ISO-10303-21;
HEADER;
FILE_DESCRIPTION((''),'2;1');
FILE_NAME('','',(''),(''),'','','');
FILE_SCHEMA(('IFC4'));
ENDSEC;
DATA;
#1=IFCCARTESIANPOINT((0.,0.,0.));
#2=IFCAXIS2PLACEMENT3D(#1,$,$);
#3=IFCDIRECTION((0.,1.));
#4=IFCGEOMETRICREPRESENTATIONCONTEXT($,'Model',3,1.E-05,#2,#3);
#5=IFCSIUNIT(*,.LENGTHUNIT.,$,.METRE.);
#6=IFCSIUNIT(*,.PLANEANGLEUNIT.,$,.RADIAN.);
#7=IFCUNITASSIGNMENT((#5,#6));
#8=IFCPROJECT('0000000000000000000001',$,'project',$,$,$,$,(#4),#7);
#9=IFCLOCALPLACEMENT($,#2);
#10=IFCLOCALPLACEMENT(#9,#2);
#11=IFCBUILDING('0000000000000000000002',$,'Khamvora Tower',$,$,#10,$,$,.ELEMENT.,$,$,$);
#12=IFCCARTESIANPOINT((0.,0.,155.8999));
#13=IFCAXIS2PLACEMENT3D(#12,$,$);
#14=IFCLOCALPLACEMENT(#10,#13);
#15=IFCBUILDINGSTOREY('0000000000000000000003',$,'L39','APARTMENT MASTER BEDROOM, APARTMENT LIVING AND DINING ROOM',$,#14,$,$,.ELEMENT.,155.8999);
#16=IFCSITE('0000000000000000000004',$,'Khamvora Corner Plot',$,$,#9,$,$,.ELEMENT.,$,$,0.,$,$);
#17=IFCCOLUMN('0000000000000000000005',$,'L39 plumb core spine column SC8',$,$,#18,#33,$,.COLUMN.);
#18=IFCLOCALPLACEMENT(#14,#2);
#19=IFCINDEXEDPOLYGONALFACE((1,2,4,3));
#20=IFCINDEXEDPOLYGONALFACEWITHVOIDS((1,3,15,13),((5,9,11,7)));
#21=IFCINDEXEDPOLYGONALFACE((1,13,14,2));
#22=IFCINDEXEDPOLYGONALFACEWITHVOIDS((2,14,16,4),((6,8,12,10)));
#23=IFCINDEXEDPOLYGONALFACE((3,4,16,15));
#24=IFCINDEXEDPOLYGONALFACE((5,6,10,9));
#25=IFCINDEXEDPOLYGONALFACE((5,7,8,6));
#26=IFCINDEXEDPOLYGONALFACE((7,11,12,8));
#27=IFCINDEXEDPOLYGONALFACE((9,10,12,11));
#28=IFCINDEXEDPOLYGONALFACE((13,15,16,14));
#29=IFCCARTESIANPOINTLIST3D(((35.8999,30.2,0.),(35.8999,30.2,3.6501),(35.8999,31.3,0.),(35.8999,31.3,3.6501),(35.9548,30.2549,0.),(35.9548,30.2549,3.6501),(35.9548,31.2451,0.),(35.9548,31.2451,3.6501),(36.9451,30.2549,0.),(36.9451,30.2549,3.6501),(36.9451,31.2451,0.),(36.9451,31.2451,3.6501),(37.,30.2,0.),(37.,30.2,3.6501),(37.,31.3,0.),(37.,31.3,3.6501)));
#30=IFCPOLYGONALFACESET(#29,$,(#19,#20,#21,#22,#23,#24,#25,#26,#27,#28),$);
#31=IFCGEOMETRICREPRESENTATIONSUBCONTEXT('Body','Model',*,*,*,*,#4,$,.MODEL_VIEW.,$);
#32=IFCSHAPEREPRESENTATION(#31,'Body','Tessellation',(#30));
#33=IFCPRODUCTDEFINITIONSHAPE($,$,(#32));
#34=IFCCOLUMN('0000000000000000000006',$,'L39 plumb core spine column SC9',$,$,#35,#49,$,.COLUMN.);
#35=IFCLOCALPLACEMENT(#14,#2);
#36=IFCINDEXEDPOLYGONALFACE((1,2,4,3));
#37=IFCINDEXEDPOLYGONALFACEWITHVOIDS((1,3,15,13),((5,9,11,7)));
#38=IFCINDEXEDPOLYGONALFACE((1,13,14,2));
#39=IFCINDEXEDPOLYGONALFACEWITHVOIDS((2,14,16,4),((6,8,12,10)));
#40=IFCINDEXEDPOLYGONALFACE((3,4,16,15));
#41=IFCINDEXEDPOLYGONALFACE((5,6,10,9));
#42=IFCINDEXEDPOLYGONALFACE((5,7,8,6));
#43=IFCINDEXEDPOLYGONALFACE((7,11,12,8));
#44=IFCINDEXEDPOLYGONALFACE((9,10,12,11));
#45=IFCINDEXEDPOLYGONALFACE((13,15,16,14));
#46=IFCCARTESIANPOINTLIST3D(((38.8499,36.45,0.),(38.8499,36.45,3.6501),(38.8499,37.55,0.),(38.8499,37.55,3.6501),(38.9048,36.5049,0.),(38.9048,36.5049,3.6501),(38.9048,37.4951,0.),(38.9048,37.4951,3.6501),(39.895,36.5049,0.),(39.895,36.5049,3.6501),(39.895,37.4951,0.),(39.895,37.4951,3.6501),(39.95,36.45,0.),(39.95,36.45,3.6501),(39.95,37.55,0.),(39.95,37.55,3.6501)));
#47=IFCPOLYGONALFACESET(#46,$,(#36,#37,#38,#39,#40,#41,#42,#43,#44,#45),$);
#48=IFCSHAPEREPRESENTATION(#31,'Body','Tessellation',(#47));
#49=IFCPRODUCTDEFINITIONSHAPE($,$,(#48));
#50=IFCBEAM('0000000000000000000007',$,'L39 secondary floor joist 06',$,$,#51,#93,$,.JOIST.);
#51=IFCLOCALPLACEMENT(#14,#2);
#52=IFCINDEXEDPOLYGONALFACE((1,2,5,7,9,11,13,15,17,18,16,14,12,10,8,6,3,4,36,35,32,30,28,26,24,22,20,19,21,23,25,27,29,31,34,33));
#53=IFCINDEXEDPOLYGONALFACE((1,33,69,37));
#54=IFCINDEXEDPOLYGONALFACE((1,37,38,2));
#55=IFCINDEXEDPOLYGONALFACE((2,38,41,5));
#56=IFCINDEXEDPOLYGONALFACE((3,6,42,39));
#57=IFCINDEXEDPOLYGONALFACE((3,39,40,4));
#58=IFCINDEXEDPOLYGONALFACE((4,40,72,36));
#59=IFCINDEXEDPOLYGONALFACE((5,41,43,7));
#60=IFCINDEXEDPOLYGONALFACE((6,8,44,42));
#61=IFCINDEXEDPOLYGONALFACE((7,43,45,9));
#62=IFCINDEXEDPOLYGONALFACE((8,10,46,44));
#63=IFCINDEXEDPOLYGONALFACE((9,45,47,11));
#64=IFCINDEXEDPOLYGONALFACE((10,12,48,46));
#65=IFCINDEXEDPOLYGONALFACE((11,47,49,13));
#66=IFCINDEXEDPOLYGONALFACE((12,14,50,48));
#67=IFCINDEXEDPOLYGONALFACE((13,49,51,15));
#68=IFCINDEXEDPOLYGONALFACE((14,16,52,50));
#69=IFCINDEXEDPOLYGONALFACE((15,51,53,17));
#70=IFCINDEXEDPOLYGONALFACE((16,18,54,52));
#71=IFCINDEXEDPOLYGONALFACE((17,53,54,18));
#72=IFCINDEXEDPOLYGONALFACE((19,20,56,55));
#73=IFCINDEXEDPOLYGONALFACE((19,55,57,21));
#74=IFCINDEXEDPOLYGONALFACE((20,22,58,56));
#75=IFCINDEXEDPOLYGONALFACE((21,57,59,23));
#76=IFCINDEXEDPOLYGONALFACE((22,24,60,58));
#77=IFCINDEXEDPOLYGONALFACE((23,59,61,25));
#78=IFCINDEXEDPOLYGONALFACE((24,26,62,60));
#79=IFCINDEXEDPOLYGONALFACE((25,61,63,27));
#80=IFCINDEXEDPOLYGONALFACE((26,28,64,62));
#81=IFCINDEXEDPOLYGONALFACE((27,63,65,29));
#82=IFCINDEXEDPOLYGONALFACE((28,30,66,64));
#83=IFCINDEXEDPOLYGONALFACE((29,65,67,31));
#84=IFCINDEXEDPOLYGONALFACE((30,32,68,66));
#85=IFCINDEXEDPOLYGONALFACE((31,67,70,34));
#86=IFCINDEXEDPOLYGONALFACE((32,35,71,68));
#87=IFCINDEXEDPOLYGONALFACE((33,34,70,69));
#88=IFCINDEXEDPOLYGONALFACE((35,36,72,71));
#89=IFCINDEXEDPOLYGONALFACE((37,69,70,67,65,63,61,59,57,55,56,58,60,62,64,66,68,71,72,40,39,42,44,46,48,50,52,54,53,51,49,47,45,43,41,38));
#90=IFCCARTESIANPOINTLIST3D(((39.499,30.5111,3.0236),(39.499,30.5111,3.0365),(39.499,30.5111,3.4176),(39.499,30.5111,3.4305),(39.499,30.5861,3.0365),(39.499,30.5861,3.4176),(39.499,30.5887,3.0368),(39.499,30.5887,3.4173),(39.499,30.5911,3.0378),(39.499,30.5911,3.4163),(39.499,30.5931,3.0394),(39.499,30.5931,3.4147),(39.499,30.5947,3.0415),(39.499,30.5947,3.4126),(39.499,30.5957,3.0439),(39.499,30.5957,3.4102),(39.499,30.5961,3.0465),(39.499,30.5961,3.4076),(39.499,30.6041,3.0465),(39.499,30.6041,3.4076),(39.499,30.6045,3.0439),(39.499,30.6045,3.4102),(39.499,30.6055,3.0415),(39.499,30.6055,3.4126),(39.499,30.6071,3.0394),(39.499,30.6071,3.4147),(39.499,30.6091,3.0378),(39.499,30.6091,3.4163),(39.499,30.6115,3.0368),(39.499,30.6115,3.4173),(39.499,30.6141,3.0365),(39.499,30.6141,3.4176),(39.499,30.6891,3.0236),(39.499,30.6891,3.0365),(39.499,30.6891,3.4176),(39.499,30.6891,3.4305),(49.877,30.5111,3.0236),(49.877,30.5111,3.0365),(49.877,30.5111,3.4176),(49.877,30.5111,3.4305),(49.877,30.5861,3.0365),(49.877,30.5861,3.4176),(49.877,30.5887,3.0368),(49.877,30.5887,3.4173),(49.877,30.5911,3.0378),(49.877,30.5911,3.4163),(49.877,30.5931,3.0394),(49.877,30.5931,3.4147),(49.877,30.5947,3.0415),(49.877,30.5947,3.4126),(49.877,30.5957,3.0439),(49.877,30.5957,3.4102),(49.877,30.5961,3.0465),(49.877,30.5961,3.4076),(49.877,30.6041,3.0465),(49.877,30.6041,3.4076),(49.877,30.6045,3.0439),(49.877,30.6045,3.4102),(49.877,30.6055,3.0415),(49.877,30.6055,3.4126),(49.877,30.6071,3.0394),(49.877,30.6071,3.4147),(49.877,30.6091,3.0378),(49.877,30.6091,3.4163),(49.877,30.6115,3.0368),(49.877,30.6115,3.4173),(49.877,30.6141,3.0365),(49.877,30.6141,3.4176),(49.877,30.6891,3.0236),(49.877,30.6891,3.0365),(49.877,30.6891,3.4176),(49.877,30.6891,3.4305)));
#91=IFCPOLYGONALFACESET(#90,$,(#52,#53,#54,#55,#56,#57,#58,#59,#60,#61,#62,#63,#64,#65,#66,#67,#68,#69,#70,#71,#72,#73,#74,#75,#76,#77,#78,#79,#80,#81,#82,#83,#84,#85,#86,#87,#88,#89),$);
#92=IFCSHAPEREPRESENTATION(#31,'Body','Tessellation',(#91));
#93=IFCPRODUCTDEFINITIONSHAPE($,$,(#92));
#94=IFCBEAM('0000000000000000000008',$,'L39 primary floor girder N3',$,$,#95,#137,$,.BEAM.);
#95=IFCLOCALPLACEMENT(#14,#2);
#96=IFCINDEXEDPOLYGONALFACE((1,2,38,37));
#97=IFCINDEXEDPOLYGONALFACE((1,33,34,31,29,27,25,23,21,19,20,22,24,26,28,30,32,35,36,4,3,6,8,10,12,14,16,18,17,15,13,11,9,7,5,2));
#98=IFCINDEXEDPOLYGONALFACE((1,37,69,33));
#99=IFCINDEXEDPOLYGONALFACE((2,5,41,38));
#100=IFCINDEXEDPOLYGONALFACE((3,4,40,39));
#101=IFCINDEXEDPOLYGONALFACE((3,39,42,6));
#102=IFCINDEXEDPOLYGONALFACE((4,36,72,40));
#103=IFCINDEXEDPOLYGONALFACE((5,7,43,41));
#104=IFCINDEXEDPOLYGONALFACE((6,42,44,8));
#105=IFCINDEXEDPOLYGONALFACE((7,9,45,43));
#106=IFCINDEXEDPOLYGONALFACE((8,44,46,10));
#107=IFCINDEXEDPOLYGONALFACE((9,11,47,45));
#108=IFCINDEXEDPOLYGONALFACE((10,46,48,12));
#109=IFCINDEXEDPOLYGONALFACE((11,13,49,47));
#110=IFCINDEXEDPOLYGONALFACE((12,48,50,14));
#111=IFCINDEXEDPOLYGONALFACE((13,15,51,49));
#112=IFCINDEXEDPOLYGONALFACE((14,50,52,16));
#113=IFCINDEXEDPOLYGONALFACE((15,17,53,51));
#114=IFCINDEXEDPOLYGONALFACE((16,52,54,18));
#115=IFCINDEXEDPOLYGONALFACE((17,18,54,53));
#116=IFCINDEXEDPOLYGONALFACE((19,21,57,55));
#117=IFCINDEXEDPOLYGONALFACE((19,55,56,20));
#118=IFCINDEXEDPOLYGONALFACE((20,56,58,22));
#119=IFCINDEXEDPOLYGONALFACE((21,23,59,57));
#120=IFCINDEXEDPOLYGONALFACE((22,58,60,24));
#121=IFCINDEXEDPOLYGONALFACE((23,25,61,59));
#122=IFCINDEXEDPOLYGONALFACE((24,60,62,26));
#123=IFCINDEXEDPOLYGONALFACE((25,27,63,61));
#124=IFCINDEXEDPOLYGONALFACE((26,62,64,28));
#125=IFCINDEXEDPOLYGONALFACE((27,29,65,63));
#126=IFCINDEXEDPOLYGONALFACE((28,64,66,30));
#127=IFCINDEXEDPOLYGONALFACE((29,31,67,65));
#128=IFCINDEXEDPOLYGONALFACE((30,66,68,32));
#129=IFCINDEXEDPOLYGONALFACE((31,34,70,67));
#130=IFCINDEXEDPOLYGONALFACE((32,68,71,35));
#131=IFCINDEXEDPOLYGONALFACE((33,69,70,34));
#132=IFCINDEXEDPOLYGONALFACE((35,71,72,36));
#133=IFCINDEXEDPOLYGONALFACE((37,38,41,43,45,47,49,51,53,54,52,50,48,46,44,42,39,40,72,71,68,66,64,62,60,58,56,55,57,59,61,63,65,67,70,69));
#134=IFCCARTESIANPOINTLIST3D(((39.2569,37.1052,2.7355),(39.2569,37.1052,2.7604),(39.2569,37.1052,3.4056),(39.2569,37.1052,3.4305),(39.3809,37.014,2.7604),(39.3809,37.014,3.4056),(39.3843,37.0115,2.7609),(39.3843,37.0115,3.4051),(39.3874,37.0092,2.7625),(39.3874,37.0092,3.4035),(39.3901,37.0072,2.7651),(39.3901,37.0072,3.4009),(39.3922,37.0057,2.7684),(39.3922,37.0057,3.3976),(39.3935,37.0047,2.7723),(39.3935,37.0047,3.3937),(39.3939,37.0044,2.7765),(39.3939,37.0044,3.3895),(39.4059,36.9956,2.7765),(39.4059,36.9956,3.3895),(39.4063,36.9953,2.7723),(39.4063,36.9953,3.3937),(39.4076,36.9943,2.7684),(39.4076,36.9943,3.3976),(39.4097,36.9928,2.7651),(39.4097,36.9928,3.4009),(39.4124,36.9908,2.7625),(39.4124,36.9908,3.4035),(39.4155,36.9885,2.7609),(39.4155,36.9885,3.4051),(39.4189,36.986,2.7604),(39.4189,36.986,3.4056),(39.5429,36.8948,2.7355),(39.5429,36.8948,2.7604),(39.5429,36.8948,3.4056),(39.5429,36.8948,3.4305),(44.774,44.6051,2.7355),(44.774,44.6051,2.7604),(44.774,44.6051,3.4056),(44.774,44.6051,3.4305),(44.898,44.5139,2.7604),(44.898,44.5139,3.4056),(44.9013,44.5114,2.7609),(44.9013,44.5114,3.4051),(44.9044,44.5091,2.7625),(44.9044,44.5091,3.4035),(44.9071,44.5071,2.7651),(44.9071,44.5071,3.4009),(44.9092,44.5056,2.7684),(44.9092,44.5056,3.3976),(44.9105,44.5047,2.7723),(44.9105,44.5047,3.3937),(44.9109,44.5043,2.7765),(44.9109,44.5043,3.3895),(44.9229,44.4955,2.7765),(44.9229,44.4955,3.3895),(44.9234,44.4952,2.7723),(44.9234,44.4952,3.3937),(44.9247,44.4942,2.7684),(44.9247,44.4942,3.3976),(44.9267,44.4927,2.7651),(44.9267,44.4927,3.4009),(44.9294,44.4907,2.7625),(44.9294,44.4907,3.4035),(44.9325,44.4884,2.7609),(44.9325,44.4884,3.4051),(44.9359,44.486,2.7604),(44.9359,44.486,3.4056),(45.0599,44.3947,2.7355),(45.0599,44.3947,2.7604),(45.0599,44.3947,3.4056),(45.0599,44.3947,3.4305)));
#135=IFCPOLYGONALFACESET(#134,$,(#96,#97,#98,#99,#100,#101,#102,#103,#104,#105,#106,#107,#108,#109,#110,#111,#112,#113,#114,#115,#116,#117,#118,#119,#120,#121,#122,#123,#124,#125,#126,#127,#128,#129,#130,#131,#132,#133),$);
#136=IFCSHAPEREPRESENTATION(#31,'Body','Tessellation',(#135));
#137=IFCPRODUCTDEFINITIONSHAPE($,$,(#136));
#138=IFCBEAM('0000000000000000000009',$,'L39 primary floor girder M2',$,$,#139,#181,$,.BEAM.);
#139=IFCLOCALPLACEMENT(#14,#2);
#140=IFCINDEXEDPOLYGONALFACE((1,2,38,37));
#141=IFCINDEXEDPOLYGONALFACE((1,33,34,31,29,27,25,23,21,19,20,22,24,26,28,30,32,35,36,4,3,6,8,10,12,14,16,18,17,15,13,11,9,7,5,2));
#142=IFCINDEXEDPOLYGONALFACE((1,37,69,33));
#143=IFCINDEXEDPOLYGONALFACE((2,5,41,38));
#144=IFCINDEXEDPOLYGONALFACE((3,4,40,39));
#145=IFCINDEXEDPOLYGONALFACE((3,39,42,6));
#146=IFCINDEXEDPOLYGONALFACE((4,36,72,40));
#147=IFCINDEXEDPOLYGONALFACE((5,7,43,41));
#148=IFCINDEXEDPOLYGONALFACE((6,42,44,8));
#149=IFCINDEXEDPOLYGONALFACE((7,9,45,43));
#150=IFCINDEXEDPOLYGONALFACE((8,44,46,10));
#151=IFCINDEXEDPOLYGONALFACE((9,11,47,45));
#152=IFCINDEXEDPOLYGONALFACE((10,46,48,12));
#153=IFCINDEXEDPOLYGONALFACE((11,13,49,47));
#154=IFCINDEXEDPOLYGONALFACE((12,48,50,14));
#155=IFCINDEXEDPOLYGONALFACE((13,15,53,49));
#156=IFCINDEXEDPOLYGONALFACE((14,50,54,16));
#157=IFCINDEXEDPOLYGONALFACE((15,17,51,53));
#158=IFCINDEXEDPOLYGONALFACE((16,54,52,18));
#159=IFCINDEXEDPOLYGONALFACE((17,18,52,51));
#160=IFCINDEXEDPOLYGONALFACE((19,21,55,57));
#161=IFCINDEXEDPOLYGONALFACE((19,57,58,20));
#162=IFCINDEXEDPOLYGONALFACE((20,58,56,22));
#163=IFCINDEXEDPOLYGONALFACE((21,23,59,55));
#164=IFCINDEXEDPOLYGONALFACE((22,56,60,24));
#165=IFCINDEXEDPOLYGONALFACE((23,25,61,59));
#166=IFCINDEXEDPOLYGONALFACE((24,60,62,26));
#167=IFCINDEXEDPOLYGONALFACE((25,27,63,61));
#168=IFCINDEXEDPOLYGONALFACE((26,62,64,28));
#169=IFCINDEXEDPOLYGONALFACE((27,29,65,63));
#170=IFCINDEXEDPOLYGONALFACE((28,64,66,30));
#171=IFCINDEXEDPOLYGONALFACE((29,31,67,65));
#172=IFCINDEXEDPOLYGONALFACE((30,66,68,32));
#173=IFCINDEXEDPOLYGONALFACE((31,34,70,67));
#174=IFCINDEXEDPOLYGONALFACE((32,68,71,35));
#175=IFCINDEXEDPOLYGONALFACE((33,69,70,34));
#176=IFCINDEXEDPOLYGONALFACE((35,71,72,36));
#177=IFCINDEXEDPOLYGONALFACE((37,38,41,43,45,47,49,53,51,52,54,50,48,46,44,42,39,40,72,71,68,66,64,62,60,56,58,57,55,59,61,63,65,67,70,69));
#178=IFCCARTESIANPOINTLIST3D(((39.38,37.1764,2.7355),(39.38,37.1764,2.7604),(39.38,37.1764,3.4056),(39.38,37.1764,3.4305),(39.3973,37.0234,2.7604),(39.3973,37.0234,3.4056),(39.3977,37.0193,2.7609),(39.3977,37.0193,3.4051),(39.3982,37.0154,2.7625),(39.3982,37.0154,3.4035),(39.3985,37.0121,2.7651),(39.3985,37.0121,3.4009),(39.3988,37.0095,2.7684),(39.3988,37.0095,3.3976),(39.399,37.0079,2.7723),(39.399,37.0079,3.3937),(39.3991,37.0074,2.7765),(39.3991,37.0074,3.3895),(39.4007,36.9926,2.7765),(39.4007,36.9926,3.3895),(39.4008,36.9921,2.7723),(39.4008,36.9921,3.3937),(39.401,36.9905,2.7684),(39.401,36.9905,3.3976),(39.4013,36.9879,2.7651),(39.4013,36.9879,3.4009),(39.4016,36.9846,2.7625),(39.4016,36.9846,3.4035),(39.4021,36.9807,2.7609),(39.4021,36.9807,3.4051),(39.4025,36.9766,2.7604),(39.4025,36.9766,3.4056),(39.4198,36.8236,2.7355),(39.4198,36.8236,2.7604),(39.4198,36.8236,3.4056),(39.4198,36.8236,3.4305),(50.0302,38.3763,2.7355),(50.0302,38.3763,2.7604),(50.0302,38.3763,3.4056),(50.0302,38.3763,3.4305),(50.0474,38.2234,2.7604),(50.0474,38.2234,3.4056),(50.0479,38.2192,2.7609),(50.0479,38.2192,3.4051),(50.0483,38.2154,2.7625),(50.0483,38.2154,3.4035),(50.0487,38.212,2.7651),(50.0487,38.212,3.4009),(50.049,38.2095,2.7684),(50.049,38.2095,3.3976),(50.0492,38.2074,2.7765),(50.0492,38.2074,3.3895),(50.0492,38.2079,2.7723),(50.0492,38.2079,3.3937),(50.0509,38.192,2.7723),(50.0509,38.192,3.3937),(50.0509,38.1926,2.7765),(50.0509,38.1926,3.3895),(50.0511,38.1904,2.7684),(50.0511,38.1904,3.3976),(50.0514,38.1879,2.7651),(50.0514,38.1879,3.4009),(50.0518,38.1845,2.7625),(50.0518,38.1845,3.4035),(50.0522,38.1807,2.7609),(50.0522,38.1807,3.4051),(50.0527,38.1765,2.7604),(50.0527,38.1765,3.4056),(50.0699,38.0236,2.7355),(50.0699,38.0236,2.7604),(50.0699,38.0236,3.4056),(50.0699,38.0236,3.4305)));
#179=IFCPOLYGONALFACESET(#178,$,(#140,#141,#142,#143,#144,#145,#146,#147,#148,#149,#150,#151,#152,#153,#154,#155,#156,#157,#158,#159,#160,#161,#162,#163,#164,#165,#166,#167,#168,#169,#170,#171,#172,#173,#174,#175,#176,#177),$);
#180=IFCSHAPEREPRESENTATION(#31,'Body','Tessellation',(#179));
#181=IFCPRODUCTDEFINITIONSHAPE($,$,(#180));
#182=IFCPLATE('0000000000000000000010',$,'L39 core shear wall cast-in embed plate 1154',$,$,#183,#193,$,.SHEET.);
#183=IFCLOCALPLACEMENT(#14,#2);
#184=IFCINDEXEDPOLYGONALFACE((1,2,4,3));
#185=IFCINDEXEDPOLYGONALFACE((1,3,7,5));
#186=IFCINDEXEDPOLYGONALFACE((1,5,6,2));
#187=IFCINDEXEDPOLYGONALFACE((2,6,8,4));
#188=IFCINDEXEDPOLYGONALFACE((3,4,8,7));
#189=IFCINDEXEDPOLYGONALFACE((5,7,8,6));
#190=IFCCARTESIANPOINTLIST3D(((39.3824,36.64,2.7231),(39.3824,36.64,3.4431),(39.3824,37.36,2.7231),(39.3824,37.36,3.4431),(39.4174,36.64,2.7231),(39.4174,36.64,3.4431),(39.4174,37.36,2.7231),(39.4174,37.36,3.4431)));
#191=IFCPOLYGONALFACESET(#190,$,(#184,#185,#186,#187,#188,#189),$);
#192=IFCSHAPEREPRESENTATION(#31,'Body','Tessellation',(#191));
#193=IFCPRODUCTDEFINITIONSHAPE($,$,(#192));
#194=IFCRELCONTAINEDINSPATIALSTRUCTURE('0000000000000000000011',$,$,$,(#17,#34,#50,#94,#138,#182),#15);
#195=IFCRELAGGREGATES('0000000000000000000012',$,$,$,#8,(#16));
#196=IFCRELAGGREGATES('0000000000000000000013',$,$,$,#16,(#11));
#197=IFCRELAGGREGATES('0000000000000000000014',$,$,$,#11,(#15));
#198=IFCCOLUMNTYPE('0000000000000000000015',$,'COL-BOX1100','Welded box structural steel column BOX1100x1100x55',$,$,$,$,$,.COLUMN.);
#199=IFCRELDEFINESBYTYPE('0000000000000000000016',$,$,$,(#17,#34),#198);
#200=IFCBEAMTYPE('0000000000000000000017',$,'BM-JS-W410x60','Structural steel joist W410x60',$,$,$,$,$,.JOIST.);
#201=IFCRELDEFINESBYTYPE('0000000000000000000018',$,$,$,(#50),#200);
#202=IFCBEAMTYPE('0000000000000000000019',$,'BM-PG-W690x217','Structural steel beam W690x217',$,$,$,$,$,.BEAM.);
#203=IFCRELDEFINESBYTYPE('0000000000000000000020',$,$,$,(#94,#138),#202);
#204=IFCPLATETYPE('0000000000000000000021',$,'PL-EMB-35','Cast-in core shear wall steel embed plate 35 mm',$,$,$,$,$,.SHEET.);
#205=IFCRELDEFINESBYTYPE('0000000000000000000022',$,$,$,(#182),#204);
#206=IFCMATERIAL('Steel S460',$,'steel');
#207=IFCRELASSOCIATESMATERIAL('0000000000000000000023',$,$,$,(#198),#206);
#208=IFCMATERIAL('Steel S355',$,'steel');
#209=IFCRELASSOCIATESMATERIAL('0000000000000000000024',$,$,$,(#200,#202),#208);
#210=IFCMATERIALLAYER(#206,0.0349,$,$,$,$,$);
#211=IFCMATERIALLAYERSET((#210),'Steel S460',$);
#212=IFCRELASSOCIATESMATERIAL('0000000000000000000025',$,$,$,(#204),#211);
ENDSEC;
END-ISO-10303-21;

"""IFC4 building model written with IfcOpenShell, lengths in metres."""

from ifc_helpers import new_model, si_unit, direction, frame, origin, origin_2d, place, context, subcontext, project, spatial, rectangle, hollow_rectangle, i_section, extrude, material, layer, layer_set, material_profile, profile_set, type_object, element, save


model = new_model("IFC4")

# Units and contexts
model_context = context("Model", 3, precision=1e-05, world=origin(), true_north=direction((0.0, 1.0)))
body_context = subcontext(model_context, "Body", "Model", "MODEL_VIEW")
ifc_project = project(units=[si_unit("LENGTHUNIT", "METRE"), si_unit("PLANEANGLEUNIT", "RADIAN")], contexts=[model_context])

# Site, building, storey
site_placement = place(None, origin())
site = spatial("IfcSite", under=ifc_project, at=site_placement, Name="Khamvora Corner Plot", CompositionType="ELEMENT", RefElevation=0.0)
building_placement = place(site_placement, origin())
building = spatial("IfcBuilding", under=site, at=building_placement, Name="Khamvora Tower", CompositionType="ELEMENT")
storey_placement = place(building_placement, frame((0.0, 0.0, 155.8999)))
storey = spatial("IfcBuildingStorey", under=building, at=storey_placement, Name="L39", Description="APARTMENT MASTER BEDROOM, APARTMENT LIVING AND DINING ROOM", CompositionType="ELEMENT", Elevation=155.8999)

# Columns
ifc_material_1 = material(Name="Steel S460", Category="steel")
ifc_material_profile_1 = material_profile(ifc_material_1, hollow_rectangle(XDim=1.1001, YDim=1.1001, WallThickness=0.0549, at=origin_2d()), Name="BOX1100x1100x55")
ifc_profile_set_1 = profile_set([ifc_material_profile_1], Name="Steel S460")
column_type = type_object("IfcColumnType", Name="COL-BOX1100", Description="Welded box structural steel column BOX1100x1100x55", PredefinedType="COLUMN", material=ifc_profile_set_1)
for number, where, z_axis, x_axis, name in (
    (1, (36.45, 30.75, 0.0), (0.0, 0.0, 1.0), (1.0, 0.0, 0.0), "L39 plumb core spine column SC8"),
    (2, (39.3999, 37.0, 0.0), (0.0, 0.0, 1.0), (1.0, 0.0, 0.0), "L39 plumb core spine column SC9"),
):
    element("IfcColumn", number, at=place(storey_placement, frame(where, z_axis=z_axis, x_axis=x_axis)), inside=storey, type_object=column_type, Name=name, PredefinedType="COLUMN", context=body_context, shape_type="SweptSolid", body=[
        extrude(hollow_rectangle(XDim=1.1001, YDim=1.1001, WallThickness=0.0549, at=origin_2d()), origin(), (0.0, 0.0, 1.0), 3.6501),
    ])

# Beams
ifc_material_2 = material(Name="Steel S355", Category="steel")
ifc_material_profile_2 = material_profile(ifc_material_2, i_section(OverallWidth=0.178, OverallDepth=0.407, WebThickness=0.0081, FlangeThickness=0.0129, FilletRadius=0.01, at=origin_2d()), Name="W410x60")
ifc_profile_set_2 = profile_set([ifc_material_profile_2], Name="Steel S355")
beam_type_1 = type_object("IfcBeamType", Name="BM-JS-W410x60", Description="Structural steel joist W410x60", PredefinedType="JOIST", material=ifc_profile_set_2)
beam_1_placement = place(storey_placement, frame((39.499, 30.6001, 3.2271), z_axis=(1.0, 0.0, 0.0), x_axis=(0.0, 1.0, 0.0)))
element("IfcBeam", 3, at=beam_1_placement, inside=storey, type_object=beam_type_1, Name="L39 secondary floor joist 06", PredefinedType="JOIST", context=body_context, shape_type="SweptSolid", body=[
    extrude(i_section(OverallWidth=0.178, OverallDepth=0.407, WebThickness=0.0081, FlangeThickness=0.0129, FilletRadius=0.01, at=origin_2d()), origin(), (0.0, 0.0, 1.0), 10.3779),
])
ifc_material_profile_3 = material_profile(ifc_material_2, i_section(OverallWidth=0.355, OverallDepth=0.6951, WebThickness=0.0149, FlangeThickness=0.0249, FilletRadius=0.0161, at=origin_2d()), Name="W690x217")
ifc_profile_set_3 = profile_set([ifc_material_profile_3], Name="Steel S355")
beam_type_2 = type_object("IfcBeamType", Name="BM-PG-W690x217", Description="Structural steel beam W690x217", PredefinedType="BEAM", material=ifc_profile_set_3)
beam_2_placement = place(storey_placement, frame((39.3999, 37.0, 3.083), z_axis=(0.592557, 0.805529, 0.0), x_axis=(-0.805529, 0.592557, 0.0)))
element("IfcBeam", 4, at=beam_2_placement, inside=storey, type_object=beam_type_2, Name="L39 primary floor girder N3", PredefinedType="BEAM", context=body_context, shape_type="SweptSolid", body=[
    extrude(i_section(OverallWidth=0.355, OverallDepth=0.6951, WebThickness=0.0149, FlangeThickness=0.0249, FilletRadius=0.0161, at=origin_2d()), origin(), (0.0, 0.0, 1.0), 9.3105),
])
beam_3_placement = place(storey_placement, frame((39.3999, 37.0, 3.083), z_axis=(0.993713, 0.111962, 0.0), x_axis=(-0.111962, 0.993713, 0.0)))
element("IfcBeam", 5, at=beam_3_placement, inside=storey, type_object=beam_type_2, Name="L39 primary floor girder M2", PredefinedType="BEAM", context=body_context, shape_type="SweptSolid", body=[
    extrude(i_section(OverallWidth=0.355, OverallDepth=0.6951, WebThickness=0.0149, FlangeThickness=0.0249, FilletRadius=0.0161, at=origin_2d()), origin(), (0.0, 0.0, 1.0), 10.7175),
])

# Plate
ifc_layer_1 = layer(ifc_material_1, 0.0349)
ifc_layer_set_1 = layer_set([ifc_layer_1], Name="Steel S460")
plate_type = type_object("IfcPlateType", Name="PL-EMB-35", Description="Cast-in core shear wall steel embed plate 35 mm", PredefinedType="SHEET", material=ifc_layer_set_1)
for number, where, z_axis, x_axis, name in (
    (6, (39.3999, 37.0, 2.7231), (0.0, 0.0, 1.0), (1.0, 0.0, 0.0), "L39 core shear wall cast-in embed plate 1154"),
):
    element("IfcPlate", number, at=place(storey_placement, frame(where, z_axis=z_axis, x_axis=x_axis)), inside=storey, type_object=plate_type, Name=name, PredefinedType="SHEET", context=body_context, shape_type="SweptSolid", body=[
        extrude(rectangle(XDim=0.0349, YDim=0.72, at=origin_2d()), origin(), (0.0, 0.0, 1.0), 0.72),
    ])

save(model, "model.ifc")
